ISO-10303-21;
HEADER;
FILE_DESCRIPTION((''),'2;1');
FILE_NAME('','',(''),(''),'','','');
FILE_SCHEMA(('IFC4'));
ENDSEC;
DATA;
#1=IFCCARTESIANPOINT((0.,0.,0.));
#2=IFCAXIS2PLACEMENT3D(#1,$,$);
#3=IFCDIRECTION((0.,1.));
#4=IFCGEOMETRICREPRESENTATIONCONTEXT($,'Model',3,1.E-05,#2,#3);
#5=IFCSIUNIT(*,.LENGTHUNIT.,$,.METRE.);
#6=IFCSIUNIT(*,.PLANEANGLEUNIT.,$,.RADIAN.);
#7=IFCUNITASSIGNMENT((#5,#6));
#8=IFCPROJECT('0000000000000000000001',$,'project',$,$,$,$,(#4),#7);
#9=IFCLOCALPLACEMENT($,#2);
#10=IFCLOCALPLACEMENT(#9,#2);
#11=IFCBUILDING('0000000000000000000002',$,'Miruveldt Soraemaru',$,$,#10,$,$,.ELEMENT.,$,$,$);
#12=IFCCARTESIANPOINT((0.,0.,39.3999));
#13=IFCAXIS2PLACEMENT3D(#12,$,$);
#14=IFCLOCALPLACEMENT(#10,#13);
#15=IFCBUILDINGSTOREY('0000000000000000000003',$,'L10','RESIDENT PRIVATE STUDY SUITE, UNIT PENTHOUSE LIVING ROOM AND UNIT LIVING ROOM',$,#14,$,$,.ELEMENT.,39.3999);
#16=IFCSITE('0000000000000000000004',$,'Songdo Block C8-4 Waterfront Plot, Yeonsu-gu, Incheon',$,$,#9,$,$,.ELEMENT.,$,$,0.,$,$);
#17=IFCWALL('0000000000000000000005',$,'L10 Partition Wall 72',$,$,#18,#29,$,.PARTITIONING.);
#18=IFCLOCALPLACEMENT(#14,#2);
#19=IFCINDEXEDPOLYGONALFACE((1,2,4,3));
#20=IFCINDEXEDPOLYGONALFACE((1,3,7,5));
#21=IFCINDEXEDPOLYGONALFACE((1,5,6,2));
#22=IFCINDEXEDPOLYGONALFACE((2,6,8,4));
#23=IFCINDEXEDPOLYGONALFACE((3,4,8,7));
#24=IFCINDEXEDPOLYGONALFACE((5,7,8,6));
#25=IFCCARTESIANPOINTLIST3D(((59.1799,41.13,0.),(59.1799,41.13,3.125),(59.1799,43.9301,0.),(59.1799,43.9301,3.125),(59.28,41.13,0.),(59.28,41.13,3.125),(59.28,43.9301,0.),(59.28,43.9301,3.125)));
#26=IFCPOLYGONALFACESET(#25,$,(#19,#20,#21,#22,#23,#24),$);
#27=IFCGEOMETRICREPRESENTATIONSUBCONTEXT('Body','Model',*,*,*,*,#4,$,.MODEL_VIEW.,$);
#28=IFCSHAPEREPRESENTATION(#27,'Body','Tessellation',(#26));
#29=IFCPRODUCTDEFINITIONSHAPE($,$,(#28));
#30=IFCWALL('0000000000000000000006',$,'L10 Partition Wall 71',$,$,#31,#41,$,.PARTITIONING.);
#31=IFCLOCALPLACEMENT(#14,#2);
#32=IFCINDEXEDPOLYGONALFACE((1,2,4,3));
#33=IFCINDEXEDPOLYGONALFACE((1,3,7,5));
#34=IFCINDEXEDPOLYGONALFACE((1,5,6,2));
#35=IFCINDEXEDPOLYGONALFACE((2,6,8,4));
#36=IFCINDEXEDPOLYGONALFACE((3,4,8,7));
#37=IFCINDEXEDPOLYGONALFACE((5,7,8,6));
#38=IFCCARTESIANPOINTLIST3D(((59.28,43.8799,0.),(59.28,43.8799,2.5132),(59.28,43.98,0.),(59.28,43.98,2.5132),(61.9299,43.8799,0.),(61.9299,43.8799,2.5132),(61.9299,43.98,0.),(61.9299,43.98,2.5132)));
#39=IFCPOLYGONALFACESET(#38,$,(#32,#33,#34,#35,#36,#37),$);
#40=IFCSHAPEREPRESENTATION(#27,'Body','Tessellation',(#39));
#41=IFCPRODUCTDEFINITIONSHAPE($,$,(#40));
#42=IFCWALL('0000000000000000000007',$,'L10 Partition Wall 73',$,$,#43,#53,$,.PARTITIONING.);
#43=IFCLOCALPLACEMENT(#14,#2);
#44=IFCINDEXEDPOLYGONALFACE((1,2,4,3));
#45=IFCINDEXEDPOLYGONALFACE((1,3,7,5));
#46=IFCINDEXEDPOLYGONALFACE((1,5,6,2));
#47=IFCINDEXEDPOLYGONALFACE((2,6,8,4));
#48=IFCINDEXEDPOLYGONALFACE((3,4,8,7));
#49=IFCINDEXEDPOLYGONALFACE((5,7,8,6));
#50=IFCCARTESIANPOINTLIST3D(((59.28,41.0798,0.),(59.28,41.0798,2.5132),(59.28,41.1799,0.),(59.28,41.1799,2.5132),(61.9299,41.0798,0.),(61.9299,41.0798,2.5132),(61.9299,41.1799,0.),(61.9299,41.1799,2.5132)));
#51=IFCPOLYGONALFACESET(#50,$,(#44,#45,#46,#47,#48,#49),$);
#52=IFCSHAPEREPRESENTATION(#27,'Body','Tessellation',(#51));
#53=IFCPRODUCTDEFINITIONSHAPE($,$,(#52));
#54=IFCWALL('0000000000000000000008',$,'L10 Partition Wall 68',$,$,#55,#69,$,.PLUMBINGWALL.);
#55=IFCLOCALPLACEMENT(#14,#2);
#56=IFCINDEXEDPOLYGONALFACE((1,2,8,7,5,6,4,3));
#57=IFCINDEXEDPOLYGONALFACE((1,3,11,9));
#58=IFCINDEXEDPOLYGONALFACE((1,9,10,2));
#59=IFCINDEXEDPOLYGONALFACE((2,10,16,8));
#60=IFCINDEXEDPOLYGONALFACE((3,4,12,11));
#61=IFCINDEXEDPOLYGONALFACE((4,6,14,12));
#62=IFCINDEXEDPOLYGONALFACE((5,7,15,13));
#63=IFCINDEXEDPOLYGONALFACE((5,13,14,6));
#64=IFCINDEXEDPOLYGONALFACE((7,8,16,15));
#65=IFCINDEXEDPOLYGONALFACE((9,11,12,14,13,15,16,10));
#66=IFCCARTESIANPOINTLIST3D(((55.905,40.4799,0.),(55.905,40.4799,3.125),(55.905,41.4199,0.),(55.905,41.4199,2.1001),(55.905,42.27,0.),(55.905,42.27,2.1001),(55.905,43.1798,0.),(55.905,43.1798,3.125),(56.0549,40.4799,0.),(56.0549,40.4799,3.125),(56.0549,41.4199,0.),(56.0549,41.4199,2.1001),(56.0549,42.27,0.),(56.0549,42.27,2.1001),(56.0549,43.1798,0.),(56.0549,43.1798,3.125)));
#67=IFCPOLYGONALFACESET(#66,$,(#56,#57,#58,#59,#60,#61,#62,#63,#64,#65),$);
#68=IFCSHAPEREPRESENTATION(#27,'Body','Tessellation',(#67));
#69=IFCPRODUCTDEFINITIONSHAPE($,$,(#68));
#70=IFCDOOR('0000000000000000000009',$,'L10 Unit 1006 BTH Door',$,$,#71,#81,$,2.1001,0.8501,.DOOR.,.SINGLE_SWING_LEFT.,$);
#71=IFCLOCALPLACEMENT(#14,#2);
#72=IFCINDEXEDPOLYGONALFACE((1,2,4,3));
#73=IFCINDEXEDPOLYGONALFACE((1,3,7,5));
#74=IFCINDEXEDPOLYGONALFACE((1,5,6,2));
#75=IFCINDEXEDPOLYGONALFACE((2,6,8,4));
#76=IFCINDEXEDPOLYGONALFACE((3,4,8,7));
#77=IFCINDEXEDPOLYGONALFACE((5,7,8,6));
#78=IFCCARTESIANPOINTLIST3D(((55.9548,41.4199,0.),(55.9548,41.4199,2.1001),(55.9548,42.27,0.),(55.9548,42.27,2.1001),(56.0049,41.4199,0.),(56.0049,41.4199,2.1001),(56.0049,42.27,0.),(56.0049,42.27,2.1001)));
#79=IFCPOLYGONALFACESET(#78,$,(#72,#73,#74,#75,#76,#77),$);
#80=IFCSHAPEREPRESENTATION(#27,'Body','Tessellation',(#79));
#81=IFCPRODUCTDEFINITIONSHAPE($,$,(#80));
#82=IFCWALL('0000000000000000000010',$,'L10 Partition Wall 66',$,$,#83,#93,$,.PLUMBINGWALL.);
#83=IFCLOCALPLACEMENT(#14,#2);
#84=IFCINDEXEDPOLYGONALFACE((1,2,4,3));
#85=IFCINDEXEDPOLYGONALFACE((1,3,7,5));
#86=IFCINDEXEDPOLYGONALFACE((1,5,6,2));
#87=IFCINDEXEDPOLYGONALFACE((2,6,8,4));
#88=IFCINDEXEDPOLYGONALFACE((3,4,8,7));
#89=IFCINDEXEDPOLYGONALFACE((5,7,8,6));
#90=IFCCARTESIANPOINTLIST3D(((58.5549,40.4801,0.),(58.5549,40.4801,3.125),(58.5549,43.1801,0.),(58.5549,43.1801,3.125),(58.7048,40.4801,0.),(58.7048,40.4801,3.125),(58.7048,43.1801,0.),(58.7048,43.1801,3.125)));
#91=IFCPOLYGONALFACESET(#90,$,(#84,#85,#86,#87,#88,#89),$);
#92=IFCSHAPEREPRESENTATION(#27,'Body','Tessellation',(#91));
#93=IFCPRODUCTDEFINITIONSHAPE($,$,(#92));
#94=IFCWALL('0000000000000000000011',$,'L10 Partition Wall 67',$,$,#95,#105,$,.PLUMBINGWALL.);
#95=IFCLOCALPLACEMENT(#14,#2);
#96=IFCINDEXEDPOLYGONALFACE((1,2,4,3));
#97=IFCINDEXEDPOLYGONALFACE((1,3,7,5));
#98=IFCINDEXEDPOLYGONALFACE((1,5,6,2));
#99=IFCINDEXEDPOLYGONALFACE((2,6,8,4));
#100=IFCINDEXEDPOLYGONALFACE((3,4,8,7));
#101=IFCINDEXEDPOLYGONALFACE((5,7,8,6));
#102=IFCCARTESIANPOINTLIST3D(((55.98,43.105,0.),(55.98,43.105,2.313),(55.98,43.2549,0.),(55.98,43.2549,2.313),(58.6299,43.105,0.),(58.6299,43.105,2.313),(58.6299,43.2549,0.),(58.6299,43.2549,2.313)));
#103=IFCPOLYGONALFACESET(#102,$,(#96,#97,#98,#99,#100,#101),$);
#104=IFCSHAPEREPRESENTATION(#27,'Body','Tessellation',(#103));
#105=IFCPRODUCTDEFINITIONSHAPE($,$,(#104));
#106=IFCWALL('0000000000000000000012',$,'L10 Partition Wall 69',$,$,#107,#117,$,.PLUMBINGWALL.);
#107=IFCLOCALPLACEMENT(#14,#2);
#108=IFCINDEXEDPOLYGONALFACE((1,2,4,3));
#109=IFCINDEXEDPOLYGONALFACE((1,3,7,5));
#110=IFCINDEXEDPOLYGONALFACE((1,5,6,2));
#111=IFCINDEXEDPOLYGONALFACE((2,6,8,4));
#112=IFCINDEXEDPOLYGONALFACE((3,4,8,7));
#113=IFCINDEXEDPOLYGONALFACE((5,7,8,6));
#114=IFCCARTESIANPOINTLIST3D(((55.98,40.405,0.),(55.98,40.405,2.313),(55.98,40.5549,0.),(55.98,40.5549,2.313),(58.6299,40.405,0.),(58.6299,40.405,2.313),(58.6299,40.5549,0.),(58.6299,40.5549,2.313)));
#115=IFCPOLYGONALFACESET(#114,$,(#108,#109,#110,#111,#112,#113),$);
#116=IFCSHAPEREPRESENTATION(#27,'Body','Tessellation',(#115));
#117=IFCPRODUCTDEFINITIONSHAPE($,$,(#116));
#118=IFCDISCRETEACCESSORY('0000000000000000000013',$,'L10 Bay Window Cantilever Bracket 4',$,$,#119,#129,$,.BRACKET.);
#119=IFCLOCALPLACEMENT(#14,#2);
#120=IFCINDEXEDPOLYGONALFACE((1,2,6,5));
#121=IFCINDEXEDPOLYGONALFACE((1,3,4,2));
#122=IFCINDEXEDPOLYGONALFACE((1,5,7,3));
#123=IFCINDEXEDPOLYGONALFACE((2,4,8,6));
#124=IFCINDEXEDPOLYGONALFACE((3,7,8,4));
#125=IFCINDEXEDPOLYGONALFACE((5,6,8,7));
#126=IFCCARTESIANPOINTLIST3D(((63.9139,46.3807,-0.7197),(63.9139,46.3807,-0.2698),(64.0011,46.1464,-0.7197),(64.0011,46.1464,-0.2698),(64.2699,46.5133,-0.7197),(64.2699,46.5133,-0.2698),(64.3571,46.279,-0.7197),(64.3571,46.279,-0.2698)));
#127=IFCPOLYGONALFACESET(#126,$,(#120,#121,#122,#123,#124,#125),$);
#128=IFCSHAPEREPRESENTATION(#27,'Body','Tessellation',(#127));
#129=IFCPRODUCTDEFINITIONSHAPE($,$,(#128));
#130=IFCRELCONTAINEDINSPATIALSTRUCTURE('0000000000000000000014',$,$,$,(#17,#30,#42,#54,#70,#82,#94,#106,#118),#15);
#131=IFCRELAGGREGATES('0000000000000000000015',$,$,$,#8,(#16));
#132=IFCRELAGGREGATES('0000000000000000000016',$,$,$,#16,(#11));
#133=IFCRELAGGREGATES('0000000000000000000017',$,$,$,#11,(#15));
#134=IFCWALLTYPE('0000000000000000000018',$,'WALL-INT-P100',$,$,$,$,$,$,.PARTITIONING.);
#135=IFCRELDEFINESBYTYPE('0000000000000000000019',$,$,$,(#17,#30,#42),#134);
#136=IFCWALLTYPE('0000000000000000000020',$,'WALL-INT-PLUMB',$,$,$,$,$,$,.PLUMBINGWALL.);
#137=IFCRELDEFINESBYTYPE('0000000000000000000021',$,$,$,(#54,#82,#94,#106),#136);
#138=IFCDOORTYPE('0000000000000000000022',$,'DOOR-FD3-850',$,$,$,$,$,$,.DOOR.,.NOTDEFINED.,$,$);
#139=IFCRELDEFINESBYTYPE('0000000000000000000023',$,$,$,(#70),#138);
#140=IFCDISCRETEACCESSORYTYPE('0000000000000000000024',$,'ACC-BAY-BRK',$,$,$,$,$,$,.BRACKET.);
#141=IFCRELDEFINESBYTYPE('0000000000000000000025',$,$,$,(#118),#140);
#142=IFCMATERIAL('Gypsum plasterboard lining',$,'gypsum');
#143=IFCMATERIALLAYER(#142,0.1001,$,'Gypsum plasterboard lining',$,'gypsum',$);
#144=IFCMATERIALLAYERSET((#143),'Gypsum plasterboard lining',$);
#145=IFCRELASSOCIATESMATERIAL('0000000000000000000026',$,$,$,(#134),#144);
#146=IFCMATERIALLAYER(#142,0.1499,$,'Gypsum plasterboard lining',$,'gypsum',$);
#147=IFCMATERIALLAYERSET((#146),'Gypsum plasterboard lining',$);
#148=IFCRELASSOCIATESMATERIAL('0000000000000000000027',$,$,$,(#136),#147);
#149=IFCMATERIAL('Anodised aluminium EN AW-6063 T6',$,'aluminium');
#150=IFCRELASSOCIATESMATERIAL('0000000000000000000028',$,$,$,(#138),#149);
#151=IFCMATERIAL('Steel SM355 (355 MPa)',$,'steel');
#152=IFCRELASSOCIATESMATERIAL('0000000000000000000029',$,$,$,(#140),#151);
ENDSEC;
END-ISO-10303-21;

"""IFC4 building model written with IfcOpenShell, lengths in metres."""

from ifc_helpers import new_model, si_unit, direction, frame, frame_2d, origin, origin_2d, place, context, subcontext, project, spatial, rectangle, extrude, material, layer, layer_set, type_object, element, fill, save


model = new_model("IFC4")

# Units and contexts
model_context = context("Model", 3, precision=1e-05, world=origin(), true_north=direction((0.0, 1.0)))
body_context = subcontext(model_context, "Body", "Model", "MODEL_VIEW")
ifc_project = project(units=[si_unit("LENGTHUNIT", "METRE"), si_unit("PLANEANGLEUNIT", "RADIAN")], contexts=[model_context])

# Site, building, storey
site_placement = place(None, origin())
site = spatial("IfcSite", under=ifc_project, at=site_placement, Name="Songdo Block C8-4 Waterfront Plot, Yeonsu-gu, Incheon", CompositionType="ELEMENT", RefElevation=0.0)
building_placement = place(site_placement, origin())
building = spatial("IfcBuilding", under=site, at=building_placement, Name="Miruveldt Soraemaru", CompositionType="ELEMENT")
storey_placement = place(building_placement, frame((0.0, 0.0, 39.3999)))
storey = spatial("IfcBuildingStorey", under=building, at=storey_placement, Name="L10", Description="RESIDENT PRIVATE STUDY SUITE, UNIT PENTHOUSE LIVING ROOM AND UNIT LIVING ROOM", CompositionType="ELEMENT", Elevation=39.3999)

# Shared definitions
ifc_material_1 = material(Name="Gypsum plasterboard lining", Category="gypsum")
ifc_layer_1 = layer(ifc_material_1, 0.1001, Name="Gypsum plasterboard lining", Category="gypsum")
ifc_layer_set_1 = layer_set([ifc_layer_1], Name="Gypsum plasterboard lining")
wall_type_1 = type_object("IfcWallType", Name="WALL-INT-P100", PredefinedType="PARTITIONING", material=ifc_layer_set_1)
ifc_material_2 = material(Name="Anodised aluminium EN AW-6063 T6", Category="aluminium")

# Walls
wall_1_placement = place(storey_placement, frame((59.23, 43.9299, 0.0), z_axis=(0.0, 0.0, 1.0), x_axis=(0.0, -1.0, 0.0)))
element("IfcWall", 1, at=wall_1_placement, inside=storey, type_object=wall_type_1, Name="L10 Partition Wall 72", PredefinedType="PARTITIONING", context=body_context, shape_type="SweptSolid", body=[
    extrude(rectangle(XDim=2.8, YDim=0.1001, at=frame_2d((1.3999, 0.0))), origin(), (0.0, 0.0, 1.0), 3.125),
])
for number, where, z_axis, x_axis, name in (
    (2, (61.9299, 43.9299, 0.0), (0.0, 0.0, 1.0), (-1.0, 0.0, 0.0), "L10 Partition Wall 71"),
    (3, (59.28, 41.1299, 0.0), (0.0, 0.0, 1.0), (1.0, 0.0, 0.0), "L10 Partition Wall 73"),
):
    element("IfcWall", number, at=place(storey_placement, frame(where, z_axis=z_axis, x_axis=x_axis)), inside=storey, type_object=wall_type_1, Name=name, PredefinedType="PARTITIONING", context=body_context, shape_type="SweptSolid", body=[
        extrude(rectangle(XDim=2.6499, YDim=0.1001, at=frame_2d((1.325, 0.0))), origin(), (0.0, 0.0, 1.0), 2.5132),
    ])

# Wall, opening, door
ifc_layer_2 = layer(ifc_material_1, 0.1499, Name="Gypsum plasterboard lining", Category="gypsum")
ifc_layer_set_2 = layer_set([ifc_layer_2], Name="Gypsum plasterboard lining")
wall_type_2 = type_object("IfcWallType", Name="WALL-INT-PLUMB", PredefinedType="PLUMBINGWALL", material=ifc_layer_set_2)
wall_2_placement = place(storey_placement, frame((55.98, 43.1799, 0.0), z_axis=(0.0, 0.0, 1.0), x_axis=(0.0, -1.0, 0.0)))
wall_2 = element("IfcWall", 4, at=wall_2_placement, inside=storey, type_object=wall_type_2, Name="L10 Partition Wall 68", PredefinedType="PLUMBINGWALL", context=body_context, shape_type="SweptSolid", body=[
    extrude(rectangle(XDim=2.7, YDim=0.1499, at=frame_2d((1.3501, 0.0))), origin(), (0.0, 0.0, 1.0), 3.125),
])
opening_1_placement = place(wall_2_placement, frame((0.9099, 0.0, 0.0)))
opening_1 = element("IfcOpeningElement", 5, at=opening_1_placement, cuts=wall_2, PredefinedType="OPENING", context=body_context, shape_type="SweptSolid", body=[
    extrude(rectangle(XDim=0.8501, YDim=2.1001, at=frame_2d((0.425, 1.05))), frame((0.0, 0.085, 0.0), z_axis=(0.0, -1.0, 0.0), x_axis=(1.0, 0.0, 0.0)), (0.0, 0.0, 1.0), 0.1699),
])
door_type_1 = type_object("IfcDoorType", Name="DOOR-FD3-850", OperationType="NOTDEFINED", PredefinedType="DOOR", material=ifc_material_2)
door_1_placement = place(opening_1_placement, origin())
door_1 = element("IfcDoor", 6, at=door_1_placement, inside=storey, type_object=door_type_1, Name="L10 Unit 1006 BTH Door", OperationType="SINGLE_SWING_LEFT", OverallHeight=2.1001, OverallWidth=0.8501, PredefinedType="DOOR", context=body_context, shape_type="SweptSolid", body=[
    extrude(rectangle(XDim=0.8501, YDim=2.1001, at=frame_2d((0.425, 1.05))), frame((0.0, 0.0249, 0.0), z_axis=(0.0, -1.0, 0.0), x_axis=(1.0, 0.0, 0.0)), (0.0, 0.0, 1.0), 0.05),
])
fill(opening_1, door_1)

# Walls
wall_3_placement = place(storey_placement, frame((58.6299, 40.48, 0.0), z_axis=(0.0, 0.0, 1.0), x_axis=(0.0, 1.0, 0.0)))
element("IfcWall", 7, at=wall_3_placement, inside=storey, type_object=wall_type_2, Name="L10 Partition Wall 66", PredefinedType="PLUMBINGWALL", context=body_context, shape_type="SweptSolid", body=[
    extrude(rectangle(XDim=2.7, YDim=0.1499, at=frame_2d((1.3501, 0.0))), origin(), (0.0, 0.0, 1.0), 3.125),
])
for number, where, z_axis, x_axis, name in (
    (8, (58.6299, 43.1799, 0.0), (0.0, 0.0, 1.0), (-1.0, 0.0, 0.0), "L10 Partition Wall 67"),
    (9, (55.98, 40.48, 0.0), (0.0, 0.0, 1.0), (1.0, 0.0, 0.0), "L10 Partition Wall 69"),
):
    element("IfcWall", number, at=place(storey_placement, frame(where, z_axis=z_axis, x_axis=x_axis)), inside=storey, type_object=wall_type_2, Name=name, PredefinedType="PLUMBINGWALL", context=body_context, shape_type="SweptSolid", body=[
        extrude(rectangle(XDim=2.6499, YDim=0.1499, at=frame_2d((1.325, 0.0))), origin(), (0.0, 0.0, 1.0), 2.313),
    ])

# Discrete accessory
ifc_material_3 = material(Name="Steel SM355 (355 MPa)", Category="steel")
discrete_accessory_type = type_object("IfcDiscreteAccessoryType", Name="ACC-BAY-BRK", PredefinedType="BRACKET", material=ifc_material_3)
discrete_accessory_placement = place(storey_placement, frame((64.1355, 46.3298, -0.7197), z_axis=(0.0, 0.0, 1.0), x_axis=(0.937118, 0.349014, 0.0)))
element("IfcDiscreteAccessory", 10, at=discrete_accessory_placement, inside=storey, type_object=discrete_accessory_type, Name="L10 Bay Window Cantilever Bracket 4", PredefinedType="BRACKET", context=body_context, shape_type="SweptSolid", body=[
    extrude(rectangle(XDim=0.3799, YDim=0.25, at=origin_2d()), origin(), (0.0, 0.0, 1.0), 0.45),
])

save(model, "model.ifc")
